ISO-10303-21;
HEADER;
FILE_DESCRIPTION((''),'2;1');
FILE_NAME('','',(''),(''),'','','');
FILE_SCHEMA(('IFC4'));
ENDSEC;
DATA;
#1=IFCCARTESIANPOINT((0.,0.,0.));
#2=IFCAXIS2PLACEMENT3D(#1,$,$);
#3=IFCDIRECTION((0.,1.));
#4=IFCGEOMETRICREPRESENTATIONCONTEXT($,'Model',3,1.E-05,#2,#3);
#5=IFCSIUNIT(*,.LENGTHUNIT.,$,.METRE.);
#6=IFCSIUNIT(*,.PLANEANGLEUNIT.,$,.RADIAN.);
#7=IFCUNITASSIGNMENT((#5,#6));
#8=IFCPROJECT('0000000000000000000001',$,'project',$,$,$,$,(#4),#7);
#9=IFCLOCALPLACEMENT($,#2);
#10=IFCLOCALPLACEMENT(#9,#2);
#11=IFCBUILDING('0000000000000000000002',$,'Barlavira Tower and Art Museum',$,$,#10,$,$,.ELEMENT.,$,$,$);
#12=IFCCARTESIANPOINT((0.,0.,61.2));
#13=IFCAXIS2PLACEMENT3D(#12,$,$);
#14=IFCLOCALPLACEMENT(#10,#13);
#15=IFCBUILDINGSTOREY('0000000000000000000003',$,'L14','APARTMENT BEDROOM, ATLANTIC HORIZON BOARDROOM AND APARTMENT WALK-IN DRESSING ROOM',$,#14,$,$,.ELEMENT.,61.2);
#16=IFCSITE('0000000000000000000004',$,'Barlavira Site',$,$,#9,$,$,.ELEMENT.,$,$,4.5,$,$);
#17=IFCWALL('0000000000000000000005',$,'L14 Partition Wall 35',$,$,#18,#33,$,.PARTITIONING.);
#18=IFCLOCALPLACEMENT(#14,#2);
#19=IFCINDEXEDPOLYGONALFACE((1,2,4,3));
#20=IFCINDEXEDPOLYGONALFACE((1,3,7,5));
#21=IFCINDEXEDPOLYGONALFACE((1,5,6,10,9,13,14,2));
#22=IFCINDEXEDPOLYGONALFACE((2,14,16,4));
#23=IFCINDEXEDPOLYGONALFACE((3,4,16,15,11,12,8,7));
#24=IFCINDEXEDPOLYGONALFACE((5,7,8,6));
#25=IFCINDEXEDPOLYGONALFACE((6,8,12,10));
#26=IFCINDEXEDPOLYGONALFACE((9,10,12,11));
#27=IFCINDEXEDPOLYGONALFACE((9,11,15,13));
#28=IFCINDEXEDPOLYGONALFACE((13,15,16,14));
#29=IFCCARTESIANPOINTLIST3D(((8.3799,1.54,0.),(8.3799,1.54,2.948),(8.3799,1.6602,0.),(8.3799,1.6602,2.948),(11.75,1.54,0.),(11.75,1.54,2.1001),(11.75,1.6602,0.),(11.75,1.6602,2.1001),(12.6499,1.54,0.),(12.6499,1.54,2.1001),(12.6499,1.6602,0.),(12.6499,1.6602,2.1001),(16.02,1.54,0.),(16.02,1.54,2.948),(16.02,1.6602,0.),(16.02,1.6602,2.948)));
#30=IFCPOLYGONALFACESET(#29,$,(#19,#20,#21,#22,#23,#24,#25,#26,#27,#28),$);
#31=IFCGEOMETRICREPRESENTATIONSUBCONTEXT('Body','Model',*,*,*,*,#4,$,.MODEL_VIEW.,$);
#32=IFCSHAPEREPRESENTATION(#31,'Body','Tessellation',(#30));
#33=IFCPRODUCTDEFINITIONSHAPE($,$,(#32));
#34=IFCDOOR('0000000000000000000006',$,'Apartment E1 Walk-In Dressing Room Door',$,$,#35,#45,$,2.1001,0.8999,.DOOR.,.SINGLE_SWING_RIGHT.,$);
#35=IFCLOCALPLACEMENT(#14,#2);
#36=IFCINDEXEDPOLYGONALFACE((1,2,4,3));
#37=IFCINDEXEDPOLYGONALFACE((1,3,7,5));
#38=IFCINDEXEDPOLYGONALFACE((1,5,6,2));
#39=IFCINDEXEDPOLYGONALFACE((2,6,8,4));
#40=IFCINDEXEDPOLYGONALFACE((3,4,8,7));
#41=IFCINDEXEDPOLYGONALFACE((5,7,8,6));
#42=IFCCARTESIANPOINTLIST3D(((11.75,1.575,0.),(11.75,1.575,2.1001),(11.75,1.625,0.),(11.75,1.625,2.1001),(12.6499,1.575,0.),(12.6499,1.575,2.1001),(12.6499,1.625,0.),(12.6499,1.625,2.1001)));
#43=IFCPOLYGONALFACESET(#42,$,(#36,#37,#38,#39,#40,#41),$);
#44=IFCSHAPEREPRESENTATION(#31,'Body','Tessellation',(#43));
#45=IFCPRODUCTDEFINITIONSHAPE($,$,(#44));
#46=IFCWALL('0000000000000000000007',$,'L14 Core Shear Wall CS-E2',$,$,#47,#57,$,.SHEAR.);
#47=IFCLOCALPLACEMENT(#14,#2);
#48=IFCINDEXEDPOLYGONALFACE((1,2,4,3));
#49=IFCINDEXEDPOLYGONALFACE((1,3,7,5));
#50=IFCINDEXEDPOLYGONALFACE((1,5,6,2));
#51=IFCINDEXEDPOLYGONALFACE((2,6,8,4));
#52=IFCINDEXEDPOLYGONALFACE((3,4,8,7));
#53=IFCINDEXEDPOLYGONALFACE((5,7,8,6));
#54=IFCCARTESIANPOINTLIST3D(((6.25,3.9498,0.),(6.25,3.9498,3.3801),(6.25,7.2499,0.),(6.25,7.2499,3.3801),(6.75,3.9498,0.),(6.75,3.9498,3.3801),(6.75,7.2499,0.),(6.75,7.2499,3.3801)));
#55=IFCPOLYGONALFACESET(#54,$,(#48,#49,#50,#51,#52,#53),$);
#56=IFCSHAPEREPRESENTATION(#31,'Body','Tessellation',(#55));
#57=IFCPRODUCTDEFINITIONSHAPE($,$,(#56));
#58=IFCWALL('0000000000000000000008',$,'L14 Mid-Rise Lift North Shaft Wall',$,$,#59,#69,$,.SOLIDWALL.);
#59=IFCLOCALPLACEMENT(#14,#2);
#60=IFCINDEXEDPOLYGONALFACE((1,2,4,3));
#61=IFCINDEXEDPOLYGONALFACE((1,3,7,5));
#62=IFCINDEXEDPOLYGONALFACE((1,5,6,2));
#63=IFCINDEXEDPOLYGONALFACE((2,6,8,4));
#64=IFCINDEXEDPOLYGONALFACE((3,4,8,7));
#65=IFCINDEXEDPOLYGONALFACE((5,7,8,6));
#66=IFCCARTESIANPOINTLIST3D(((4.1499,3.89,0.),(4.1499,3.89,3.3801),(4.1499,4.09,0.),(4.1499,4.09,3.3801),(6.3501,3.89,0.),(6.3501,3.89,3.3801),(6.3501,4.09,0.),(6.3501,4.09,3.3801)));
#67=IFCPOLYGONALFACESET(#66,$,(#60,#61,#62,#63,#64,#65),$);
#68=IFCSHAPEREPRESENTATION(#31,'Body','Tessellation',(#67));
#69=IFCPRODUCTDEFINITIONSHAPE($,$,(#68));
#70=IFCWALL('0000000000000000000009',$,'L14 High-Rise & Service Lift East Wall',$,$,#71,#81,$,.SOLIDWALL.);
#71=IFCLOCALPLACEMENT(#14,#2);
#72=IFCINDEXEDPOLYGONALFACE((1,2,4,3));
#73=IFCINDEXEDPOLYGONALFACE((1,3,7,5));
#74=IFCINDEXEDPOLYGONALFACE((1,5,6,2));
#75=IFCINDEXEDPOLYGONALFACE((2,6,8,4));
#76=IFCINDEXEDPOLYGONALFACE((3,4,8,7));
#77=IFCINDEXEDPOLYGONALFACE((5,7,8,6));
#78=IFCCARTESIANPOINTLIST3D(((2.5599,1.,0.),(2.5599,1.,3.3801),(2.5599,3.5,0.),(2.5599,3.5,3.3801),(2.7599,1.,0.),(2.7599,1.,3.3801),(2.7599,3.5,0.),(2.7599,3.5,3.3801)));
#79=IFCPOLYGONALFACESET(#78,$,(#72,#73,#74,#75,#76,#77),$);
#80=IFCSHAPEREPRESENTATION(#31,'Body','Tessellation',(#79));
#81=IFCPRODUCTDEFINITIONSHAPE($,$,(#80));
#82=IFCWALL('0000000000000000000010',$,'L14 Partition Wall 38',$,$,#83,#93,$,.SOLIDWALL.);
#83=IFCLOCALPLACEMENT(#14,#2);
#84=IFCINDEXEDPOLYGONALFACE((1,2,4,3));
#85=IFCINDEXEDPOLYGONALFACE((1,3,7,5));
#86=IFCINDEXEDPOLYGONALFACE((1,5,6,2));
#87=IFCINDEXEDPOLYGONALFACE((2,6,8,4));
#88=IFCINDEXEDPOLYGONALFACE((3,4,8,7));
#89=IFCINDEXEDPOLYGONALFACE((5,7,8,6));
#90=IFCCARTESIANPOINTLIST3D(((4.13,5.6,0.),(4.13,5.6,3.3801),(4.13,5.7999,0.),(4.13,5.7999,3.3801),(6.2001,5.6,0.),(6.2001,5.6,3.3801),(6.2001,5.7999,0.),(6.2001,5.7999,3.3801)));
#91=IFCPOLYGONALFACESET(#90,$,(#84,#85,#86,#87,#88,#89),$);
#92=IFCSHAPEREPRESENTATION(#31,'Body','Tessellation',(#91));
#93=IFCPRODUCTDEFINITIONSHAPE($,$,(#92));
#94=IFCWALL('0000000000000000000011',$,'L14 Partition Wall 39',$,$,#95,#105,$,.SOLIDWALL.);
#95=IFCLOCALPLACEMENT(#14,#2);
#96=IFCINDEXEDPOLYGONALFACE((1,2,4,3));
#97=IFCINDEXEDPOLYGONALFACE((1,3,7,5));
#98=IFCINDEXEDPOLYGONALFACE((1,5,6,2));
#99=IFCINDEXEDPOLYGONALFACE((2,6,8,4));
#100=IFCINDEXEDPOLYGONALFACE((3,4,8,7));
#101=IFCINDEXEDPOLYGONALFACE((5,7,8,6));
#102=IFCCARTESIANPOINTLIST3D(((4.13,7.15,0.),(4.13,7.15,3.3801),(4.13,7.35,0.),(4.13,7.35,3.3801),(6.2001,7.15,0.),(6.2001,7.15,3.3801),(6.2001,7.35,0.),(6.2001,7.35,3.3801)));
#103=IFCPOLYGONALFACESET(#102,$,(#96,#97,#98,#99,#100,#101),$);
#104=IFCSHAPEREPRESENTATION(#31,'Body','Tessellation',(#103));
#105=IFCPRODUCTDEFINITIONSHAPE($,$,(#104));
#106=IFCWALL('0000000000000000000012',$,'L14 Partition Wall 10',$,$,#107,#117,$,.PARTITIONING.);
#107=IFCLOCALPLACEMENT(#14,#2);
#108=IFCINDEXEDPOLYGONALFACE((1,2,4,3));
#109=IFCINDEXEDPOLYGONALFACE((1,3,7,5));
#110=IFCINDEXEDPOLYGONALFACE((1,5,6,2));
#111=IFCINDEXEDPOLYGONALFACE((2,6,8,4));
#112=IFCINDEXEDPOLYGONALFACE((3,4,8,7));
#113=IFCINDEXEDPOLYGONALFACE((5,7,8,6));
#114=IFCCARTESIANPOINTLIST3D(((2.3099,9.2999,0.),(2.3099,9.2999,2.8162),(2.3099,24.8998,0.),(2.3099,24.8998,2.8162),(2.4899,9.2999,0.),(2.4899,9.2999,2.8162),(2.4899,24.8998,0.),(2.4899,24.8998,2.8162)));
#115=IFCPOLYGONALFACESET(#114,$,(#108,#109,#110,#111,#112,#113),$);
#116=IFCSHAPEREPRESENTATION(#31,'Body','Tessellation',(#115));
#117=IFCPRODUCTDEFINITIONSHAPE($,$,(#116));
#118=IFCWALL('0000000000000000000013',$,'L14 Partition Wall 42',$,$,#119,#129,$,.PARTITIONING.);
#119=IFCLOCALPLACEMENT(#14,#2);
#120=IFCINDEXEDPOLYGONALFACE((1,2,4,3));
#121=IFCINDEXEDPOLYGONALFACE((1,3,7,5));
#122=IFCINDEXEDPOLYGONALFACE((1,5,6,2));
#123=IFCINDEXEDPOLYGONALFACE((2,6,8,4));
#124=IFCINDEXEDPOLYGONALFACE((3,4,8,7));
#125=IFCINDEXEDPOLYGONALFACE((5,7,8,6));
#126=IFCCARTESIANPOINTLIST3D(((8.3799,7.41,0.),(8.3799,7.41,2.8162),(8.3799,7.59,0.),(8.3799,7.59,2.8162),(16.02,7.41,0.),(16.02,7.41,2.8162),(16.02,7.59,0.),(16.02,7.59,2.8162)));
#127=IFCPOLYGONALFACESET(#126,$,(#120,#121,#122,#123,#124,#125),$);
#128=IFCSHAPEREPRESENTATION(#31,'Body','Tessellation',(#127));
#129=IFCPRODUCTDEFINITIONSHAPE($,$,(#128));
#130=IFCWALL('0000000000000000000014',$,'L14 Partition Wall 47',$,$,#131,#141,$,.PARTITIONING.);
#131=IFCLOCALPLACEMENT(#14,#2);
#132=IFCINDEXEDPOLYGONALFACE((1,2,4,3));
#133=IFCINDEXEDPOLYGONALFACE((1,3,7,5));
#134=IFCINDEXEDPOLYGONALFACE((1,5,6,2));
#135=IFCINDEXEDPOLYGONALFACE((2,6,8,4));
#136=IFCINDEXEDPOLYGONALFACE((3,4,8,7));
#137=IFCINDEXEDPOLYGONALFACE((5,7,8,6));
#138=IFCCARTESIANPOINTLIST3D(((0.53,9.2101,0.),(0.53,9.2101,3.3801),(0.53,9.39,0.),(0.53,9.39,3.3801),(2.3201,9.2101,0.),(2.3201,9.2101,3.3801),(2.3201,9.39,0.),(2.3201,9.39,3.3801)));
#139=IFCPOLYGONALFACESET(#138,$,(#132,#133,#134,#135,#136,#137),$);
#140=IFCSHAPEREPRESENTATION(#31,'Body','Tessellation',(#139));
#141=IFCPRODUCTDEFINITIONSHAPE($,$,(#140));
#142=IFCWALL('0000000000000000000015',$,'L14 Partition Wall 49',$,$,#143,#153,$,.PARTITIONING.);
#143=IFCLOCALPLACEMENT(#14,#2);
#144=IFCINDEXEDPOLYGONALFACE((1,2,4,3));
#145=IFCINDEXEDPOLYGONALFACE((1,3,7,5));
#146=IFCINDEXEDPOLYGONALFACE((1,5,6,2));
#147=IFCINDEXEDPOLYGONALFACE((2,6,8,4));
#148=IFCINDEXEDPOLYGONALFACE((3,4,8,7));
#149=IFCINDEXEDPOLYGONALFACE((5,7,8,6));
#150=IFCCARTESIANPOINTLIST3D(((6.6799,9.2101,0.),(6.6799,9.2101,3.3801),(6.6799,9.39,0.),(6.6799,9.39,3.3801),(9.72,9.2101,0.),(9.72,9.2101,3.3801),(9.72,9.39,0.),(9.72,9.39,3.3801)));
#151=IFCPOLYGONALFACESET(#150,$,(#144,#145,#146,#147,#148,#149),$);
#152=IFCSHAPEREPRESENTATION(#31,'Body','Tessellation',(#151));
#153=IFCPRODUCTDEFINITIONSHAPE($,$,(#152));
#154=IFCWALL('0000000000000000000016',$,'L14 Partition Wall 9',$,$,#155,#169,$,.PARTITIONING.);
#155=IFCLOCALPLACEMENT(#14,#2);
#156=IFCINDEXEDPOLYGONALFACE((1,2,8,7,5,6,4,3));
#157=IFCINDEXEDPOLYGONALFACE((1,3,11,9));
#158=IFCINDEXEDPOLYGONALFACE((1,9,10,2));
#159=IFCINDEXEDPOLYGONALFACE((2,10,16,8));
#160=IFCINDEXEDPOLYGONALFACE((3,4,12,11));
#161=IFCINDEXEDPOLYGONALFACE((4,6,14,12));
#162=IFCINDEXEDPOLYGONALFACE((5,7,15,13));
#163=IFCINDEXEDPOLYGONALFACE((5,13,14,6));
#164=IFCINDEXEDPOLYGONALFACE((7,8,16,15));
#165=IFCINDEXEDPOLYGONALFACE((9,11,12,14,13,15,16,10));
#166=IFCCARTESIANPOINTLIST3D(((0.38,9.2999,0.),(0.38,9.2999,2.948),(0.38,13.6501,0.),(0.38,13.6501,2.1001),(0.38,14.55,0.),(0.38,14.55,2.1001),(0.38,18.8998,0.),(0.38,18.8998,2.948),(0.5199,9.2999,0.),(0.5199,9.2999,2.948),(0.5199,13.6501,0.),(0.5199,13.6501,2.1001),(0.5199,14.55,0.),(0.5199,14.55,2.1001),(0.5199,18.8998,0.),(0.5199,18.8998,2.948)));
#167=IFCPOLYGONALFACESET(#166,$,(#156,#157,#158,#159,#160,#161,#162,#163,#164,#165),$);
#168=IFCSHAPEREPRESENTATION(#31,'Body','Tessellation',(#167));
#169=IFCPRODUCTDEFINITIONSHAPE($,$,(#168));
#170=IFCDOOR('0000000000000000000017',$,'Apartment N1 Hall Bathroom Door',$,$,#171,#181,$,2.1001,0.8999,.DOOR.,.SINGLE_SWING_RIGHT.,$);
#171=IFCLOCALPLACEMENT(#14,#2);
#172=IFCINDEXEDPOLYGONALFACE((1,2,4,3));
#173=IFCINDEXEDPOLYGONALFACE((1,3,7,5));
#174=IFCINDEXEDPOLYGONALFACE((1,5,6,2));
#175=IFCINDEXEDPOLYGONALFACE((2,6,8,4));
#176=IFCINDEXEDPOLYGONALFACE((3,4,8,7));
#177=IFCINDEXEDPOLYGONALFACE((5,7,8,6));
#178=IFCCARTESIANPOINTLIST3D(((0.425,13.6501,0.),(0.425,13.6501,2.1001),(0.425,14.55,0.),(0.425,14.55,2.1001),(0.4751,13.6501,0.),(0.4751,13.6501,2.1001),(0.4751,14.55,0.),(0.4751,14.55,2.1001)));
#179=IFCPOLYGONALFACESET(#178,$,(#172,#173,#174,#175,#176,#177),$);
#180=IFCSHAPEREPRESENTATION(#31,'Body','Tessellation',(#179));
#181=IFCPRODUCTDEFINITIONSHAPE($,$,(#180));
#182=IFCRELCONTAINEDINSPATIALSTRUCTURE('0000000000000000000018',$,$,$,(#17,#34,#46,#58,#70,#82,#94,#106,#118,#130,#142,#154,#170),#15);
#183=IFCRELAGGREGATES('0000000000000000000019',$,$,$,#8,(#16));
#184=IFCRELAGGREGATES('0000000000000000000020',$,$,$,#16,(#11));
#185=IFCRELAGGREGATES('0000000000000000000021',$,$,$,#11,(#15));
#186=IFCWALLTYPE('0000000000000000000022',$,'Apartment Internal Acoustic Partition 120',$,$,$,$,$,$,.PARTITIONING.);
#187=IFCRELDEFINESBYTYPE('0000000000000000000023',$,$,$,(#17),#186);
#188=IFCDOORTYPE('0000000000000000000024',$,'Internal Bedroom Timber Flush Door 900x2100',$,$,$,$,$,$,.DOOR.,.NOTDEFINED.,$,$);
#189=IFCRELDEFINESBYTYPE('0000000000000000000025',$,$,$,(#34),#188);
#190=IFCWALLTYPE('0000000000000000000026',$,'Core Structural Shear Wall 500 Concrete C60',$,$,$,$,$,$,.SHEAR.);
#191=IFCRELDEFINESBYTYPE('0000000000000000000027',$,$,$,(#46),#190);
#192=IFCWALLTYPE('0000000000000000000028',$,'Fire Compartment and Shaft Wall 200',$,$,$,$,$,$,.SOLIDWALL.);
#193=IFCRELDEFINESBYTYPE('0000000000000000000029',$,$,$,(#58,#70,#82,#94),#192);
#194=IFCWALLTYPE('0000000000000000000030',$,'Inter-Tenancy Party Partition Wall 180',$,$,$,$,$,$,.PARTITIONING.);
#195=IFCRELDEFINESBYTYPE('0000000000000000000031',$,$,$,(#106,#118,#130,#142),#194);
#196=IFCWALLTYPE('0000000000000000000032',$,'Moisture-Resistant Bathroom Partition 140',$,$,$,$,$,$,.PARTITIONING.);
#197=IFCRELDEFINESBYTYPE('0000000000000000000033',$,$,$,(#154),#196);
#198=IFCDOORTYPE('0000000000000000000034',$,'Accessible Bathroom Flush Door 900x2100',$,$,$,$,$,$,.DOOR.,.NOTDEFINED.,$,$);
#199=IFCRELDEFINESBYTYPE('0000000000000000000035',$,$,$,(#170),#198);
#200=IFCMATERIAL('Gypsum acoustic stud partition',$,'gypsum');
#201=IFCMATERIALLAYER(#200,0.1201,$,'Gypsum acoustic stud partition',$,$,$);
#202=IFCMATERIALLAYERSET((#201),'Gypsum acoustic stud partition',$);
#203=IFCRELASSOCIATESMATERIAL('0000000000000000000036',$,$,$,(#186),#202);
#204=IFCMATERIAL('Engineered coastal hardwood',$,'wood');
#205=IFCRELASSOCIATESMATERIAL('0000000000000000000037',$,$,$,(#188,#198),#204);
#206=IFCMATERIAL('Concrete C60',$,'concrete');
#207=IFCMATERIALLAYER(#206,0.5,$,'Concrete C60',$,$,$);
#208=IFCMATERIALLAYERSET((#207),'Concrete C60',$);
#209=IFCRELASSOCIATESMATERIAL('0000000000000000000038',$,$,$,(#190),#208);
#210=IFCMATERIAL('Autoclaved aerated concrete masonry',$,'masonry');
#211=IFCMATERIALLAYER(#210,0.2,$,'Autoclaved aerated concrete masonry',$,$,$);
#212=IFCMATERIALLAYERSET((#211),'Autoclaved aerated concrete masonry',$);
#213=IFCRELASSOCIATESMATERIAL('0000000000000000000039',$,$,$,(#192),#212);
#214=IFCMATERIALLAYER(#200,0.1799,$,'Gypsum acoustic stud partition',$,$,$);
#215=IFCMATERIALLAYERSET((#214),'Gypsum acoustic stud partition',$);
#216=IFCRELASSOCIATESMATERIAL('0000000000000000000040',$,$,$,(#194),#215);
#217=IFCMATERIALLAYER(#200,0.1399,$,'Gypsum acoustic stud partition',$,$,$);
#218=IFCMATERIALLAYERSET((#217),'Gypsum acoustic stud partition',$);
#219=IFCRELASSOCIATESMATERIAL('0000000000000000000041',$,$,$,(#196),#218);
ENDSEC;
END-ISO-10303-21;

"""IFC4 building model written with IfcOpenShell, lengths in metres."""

from ifc_helpers import new_model, si_unit, direction, frame, frame_2d, origin, place, context, subcontext, project, spatial, rectangle, extrude, material, layer, layer_set, type_object, element, fill, save


model = new_model("IFC4")

# Units and contexts
model_context = context("Model", 3, precision=1e-05, world=origin(), true_north=direction((0.0, 1.0)))
body_context = subcontext(model_context, "Body", "Model", "MODEL_VIEW")
ifc_project = project(units=[si_unit("LENGTHUNIT", "METRE"), si_unit("PLANEANGLEUNIT", "RADIAN")], contexts=[model_context])

# Site, building, storey
site_placement = place(None, origin())
site = spatial("IfcSite", under=ifc_project, at=site_placement, Name="Barlavira Site", CompositionType="ELEMENT", RefElevation=4.5)
building_placement = place(site_placement, origin())
building = spatial("IfcBuilding", under=site, at=building_placement, Name="Barlavira Tower and Art Museum", CompositionType="ELEMENT")
storey_placement = place(building_placement, frame((0.0, 0.0, 61.2)))
storey = spatial("IfcBuildingStorey", under=building, at=storey_placement, Name="L14", Description="APARTMENT BEDROOM, ATLANTIC HORIZON BOARDROOM AND APARTMENT WALK-IN DRESSING ROOM", CompositionType="ELEMENT", Elevation=61.2)

# Wall, opening, door
ifc_material_1 = material(Name="Gypsum acoustic stud partition", Category="gypsum")
ifc_layer_1 = layer(ifc_material_1, 0.1201, Name="Gypsum acoustic stud partition")
ifc_layer_set_1 = layer_set([ifc_layer_1], Name="Gypsum acoustic stud partition")
wall_type_1 = type_object("IfcWallType", Name="Apartment Internal Acoustic Partition 120", PredefinedType="PARTITIONING", material=ifc_layer_set_1)
ifc_material_2 = material(Name="Engineered coastal hardwood", Category="wood")
wall_1_placement = place(storey_placement, frame((8.3799, 1.6001, 0.0), z_axis=(0.0, 0.0, 1.0), x_axis=(1.0, 0.0, 0.0)))
wall_1 = element("IfcWall", 1, at=wall_1_placement, inside=storey, type_object=wall_type_1, Name="L14 Partition Wall 35", PredefinedType="PARTITIONING", context=body_context, shape_type="SweptSolid", body=[
    extrude(rectangle(XDim=7.6401, YDim=0.1201, at=frame_2d((3.8201, 0.0))), origin(), (0.0, 0.0, 1.0), 2.948),
])
opening_1_placement = place(wall_1_placement, frame((3.3701, 0.0, 0.0)))
opening_1 = element("IfcOpeningElement", 2, at=opening_1_placement, cuts=wall_1, PredefinedType="OPENING", context=body_context, shape_type="SweptSolid", body=[
    extrude(rectangle(XDim=0.8999, YDim=2.1001, at=frame_2d((0.45, 1.05))), frame((0.0, 0.0701, 0.0), z_axis=(0.0, -1.0, 0.0), x_axis=(1.0, 0.0, 0.0)), (0.0, 0.0, 1.0), 0.1401),
])
door_type_1 = type_object("IfcDoorType", Name="Internal Bedroom Timber Flush Door 900x2100", OperationType="NOTDEFINED", PredefinedType="DOOR", material=ifc_material_2)
door_1_placement = place(opening_1_placement, origin())
door_1 = element("IfcDoor", 3, at=door_1_placement, inside=storey, type_object=door_type_1, Name="Apartment E1 Walk-In Dressing Room Door", OperationType="SINGLE_SWING_RIGHT", OverallHeight=2.1001, OverallWidth=0.8999, PredefinedType="DOOR", context=body_context, shape_type="SweptSolid", body=[
    extrude(rectangle(XDim=0.8999, YDim=2.1001, at=frame_2d((0.45, 1.05))), frame((0.0, 0.0249, 0.0), z_axis=(0.0, -1.0, 0.0), x_axis=(1.0, 0.0, 0.0)), (0.0, 0.0, 1.0), 0.05),
])
fill(opening_1, door_1)

# Walls
ifc_material_3 = material(Name="Concrete C60", Category="concrete")
ifc_layer_2 = layer(ifc_material_3, 0.5, Name="Concrete C60")
ifc_layer_set_2 = layer_set([ifc_layer_2], Name="Concrete C60")
wall_type_2 = type_object("IfcWallType", Name="Core Structural Shear Wall 500 Concrete C60", PredefinedType="SHEAR", material=ifc_layer_set_2)
wall_2_placement = place(storey_placement, frame((6.5, 3.95, 0.0), z_axis=(0.0, 0.0, 1.0), x_axis=(0.0, 1.0, 0.0)))
element("IfcWall", 4, at=wall_2_placement, inside=storey, type_object=wall_type_2, Name="L14 Core Shear Wall CS-E2", PredefinedType="SHEAR", context=body_context, shape_type="SweptSolid", body=[
    extrude(rectangle(XDim=3.3, YDim=0.5, at=frame_2d((1.6499, 0.0))), origin(), (0.0, 0.0, 1.0), 3.3801),
])
ifc_material_4 = material(Name="Autoclaved aerated concrete masonry", Category="masonry")
ifc_layer_3 = layer(ifc_material_4, 0.2, Name="Autoclaved aerated concrete masonry")
ifc_layer_set_3 = layer_set([ifc_layer_3], Name="Autoclaved aerated concrete masonry")
wall_type_3 = type_object("IfcWallType", Name="Fire Compartment and Shaft Wall 200", PredefinedType="SOLIDWALL", material=ifc_layer_set_3)
wall_3_placement = place(storey_placement, frame((4.1499, 3.99, 0.0), z_axis=(0.0, 0.0, 1.0), x_axis=(1.0, 0.0, 0.0)))
element("IfcWall", 5, at=wall_3_placement, inside=storey, type_object=wall_type_3, Name="L14 Mid-Rise Lift North Shaft Wall", PredefinedType="SOLIDWALL", context=body_context, shape_type="SweptSolid", body=[
    extrude(rectangle(XDim=2.2002, YDim=0.2, at=frame_2d((1.1001, 0.0))), origin(), (0.0, 0.0, 1.0), 3.3801),
])
wall_4_placement = place(storey_placement, frame((2.6599, 1.0, 0.0), z_axis=(0.0, 0.0, 1.0), x_axis=(0.0, 1.0, 0.0)))
element("IfcWall", 6, at=wall_4_placement, inside=storey, type_object=wall_type_3, Name="L14 High-Rise & Service Lift East Wall", PredefinedType="SOLIDWALL", context=body_context, shape_type="SweptSolid", body=[
    extrude(rectangle(XDim=2.5, YDim=0.2, at=frame_2d((1.25, 0.0))), origin(), (0.0, 0.0, 1.0), 3.3801),
])

# Walls
for number, where, z_axis, x_axis, name in (
    (7, (4.1299, 5.7, 0.0), (0.0, 0.0, 1.0), (1.0, 0.0, 0.0), "L14 Partition Wall 38"),
    (8, (4.1299, 7.25, 0.0), (0.0, 0.0, 1.0), (1.0, 0.0, 0.0), "L14 Partition Wall 39"),
):
    element("IfcWall", number, at=place(storey_placement, frame(where, z_axis=z_axis, x_axis=x_axis)), inside=storey, type_object=wall_type_3, Name=name, PredefinedType="SOLIDWALL", context=body_context, shape_type="SweptSolid", body=[
        extrude(rectangle(XDim=2.0701, YDim=0.2, at=frame_2d((1.0352, 0.0))), origin(), (0.0, 0.0, 1.0), 3.3801),
    ])
ifc_layer_4 = layer(ifc_material_1, 0.1799, Name="Gypsum acoustic stud partition")
ifc_layer_set_4 = layer_set([ifc_layer_4], Name="Gypsum acoustic stud partition")
wall_type_4 = type_object("IfcWallType", Name="Inter-Tenancy Party Partition Wall 180", PredefinedType="PARTITIONING", material=ifc_layer_set_4)
wall_5_placement = place(storey_placement, frame((2.3999, 9.3, 0.0), z_axis=(0.0, 0.0, 1.0), x_axis=(0.0, 1.0, 0.0)))
element("IfcWall", 9, at=wall_5_placement, inside=storey, type_object=wall_type_4, Name="L14 Partition Wall 10", PredefinedType="PARTITIONING", context=body_context, shape_type="SweptSolid", body=[
    extrude(rectangle(XDim=15.5999, YDim=0.1799, at=frame_2d((7.7998, 0.0))), origin(), (0.0, 0.0, 1.0), 2.8162),
])
wall_6_placement = place(storey_placement, frame((8.3799, 7.5, 0.0), z_axis=(0.0, 0.0, 1.0), x_axis=(1.0, 0.0, 0.0)))
element("IfcWall", 10, at=wall_6_placement, inside=storey, type_object=wall_type_4, Name="L14 Partition Wall 42", PredefinedType="PARTITIONING", context=body_context, shape_type="SweptSolid", body=[
    extrude(rectangle(XDim=7.6401, YDim=0.1799, at=frame_2d((3.8201, 0.0))), origin(), (0.0, 0.0, 1.0), 2.8162),
])
wall_7_placement = place(storey_placement, frame((0.53, 9.3, 0.0), z_axis=(0.0, 0.0, 1.0), x_axis=(1.0, 0.0, 0.0)))
element("IfcWall", 11, at=wall_7_placement, inside=storey, type_object=wall_type_4, Name="L14 Partition Wall 47", PredefinedType="PARTITIONING", context=body_context, shape_type="SweptSolid", body=[
    extrude(rectangle(XDim=1.79, YDim=0.1799, at=frame_2d((0.895, 0.0))), origin(), (0.0, 0.0, 1.0), 3.3801),
])

# Wall
wall_8_placement = place(storey_placement, frame((6.6799, 9.3, 0.0), z_axis=(0.0, 0.0, 1.0), x_axis=(1.0, 0.0, 0.0)))
element("IfcWall", 12, at=wall_8_placement, inside=storey, type_object=wall_type_4, Name="L14 Partition Wall 49", PredefinedType="PARTITIONING", context=body_context, shape_type="SweptSolid", body=[
    extrude(rectangle(XDim=3.04, YDim=0.1799, at=frame_2d((1.52, 0.0))), origin(), (0.0, 0.0, 1.0), 3.3801),
])

# Wall, opening, door
ifc_layer_5 = layer(ifc_material_1, 0.1399, Name="Gypsum acoustic stud partition")
ifc_layer_set_5 = layer_set([ifc_layer_5], Name="Gypsum acoustic stud partition")
wall_type_5 = type_object("IfcWallType", Name="Moisture-Resistant Bathroom Partition 140", PredefinedType="PARTITIONING", material=ifc_layer_set_5)
wall_9_placement = place(storey_placement, frame((0.45, 9.3, 0.0), z_axis=(0.0, 0.0, 1.0), x_axis=(0.0, 1.0, 0.0)))
wall_9 = element("IfcWall", 13, at=wall_9_placement, inside=storey, type_object=wall_type_5, Name="L14 Partition Wall 9", PredefinedType="PARTITIONING", context=body_context, shape_type="SweptSolid", body=[
    extrude(rectangle(XDim=9.5999, YDim=0.1399, at=frame_2d((4.7998, 0.0))), origin(), (0.0, 0.0, 1.0), 2.948),
])
opening_2_placement = place(wall_9_placement, frame((4.3501, 0.0, 0.0)))
opening_2 = element("IfcOpeningElement", 14, at=opening_2_placement, cuts=wall_9, PredefinedType="OPENING", context=body_context, shape_type="SweptSolid", body=[
    extrude(rectangle(XDim=0.8999, YDim=2.1001, at=frame_2d((0.45, 1.05))), frame((0.0, 0.0801, 0.0), z_axis=(0.0, -1.0, 0.0), x_axis=(1.0, 0.0, 0.0)), (0.0, 0.0, 1.0), 0.1599),
])
door_type_2 = type_object("IfcDoorType", Name="Accessible Bathroom Flush Door 900x2100", OperationType="NOTDEFINED", PredefinedType="DOOR", material=ifc_material_2)
door_2_placement = place(opening_2_placement, origin())
door_2 = element("IfcDoor", 15, at=door_2_placement, inside=storey, type_object=door_type_2, Name="Apartment N1 Hall Bathroom Door", OperationType="SINGLE_SWING_RIGHT", OverallHeight=2.1001, OverallWidth=0.8999, PredefinedType="DOOR", context=body_context, shape_type="SweptSolid", body=[
    extrude(rectangle(XDim=0.8999, YDim=2.1001, at=frame_2d((0.45, 1.05))), frame((0.0, 0.0249, 0.0), z_axis=(0.0, -1.0, 0.0), x_axis=(1.0, 0.0, 0.0)), (0.0, 0.0, 1.0), 0.05),
])
fill(opening_2, door_2)

save(model, "model.ifc")
